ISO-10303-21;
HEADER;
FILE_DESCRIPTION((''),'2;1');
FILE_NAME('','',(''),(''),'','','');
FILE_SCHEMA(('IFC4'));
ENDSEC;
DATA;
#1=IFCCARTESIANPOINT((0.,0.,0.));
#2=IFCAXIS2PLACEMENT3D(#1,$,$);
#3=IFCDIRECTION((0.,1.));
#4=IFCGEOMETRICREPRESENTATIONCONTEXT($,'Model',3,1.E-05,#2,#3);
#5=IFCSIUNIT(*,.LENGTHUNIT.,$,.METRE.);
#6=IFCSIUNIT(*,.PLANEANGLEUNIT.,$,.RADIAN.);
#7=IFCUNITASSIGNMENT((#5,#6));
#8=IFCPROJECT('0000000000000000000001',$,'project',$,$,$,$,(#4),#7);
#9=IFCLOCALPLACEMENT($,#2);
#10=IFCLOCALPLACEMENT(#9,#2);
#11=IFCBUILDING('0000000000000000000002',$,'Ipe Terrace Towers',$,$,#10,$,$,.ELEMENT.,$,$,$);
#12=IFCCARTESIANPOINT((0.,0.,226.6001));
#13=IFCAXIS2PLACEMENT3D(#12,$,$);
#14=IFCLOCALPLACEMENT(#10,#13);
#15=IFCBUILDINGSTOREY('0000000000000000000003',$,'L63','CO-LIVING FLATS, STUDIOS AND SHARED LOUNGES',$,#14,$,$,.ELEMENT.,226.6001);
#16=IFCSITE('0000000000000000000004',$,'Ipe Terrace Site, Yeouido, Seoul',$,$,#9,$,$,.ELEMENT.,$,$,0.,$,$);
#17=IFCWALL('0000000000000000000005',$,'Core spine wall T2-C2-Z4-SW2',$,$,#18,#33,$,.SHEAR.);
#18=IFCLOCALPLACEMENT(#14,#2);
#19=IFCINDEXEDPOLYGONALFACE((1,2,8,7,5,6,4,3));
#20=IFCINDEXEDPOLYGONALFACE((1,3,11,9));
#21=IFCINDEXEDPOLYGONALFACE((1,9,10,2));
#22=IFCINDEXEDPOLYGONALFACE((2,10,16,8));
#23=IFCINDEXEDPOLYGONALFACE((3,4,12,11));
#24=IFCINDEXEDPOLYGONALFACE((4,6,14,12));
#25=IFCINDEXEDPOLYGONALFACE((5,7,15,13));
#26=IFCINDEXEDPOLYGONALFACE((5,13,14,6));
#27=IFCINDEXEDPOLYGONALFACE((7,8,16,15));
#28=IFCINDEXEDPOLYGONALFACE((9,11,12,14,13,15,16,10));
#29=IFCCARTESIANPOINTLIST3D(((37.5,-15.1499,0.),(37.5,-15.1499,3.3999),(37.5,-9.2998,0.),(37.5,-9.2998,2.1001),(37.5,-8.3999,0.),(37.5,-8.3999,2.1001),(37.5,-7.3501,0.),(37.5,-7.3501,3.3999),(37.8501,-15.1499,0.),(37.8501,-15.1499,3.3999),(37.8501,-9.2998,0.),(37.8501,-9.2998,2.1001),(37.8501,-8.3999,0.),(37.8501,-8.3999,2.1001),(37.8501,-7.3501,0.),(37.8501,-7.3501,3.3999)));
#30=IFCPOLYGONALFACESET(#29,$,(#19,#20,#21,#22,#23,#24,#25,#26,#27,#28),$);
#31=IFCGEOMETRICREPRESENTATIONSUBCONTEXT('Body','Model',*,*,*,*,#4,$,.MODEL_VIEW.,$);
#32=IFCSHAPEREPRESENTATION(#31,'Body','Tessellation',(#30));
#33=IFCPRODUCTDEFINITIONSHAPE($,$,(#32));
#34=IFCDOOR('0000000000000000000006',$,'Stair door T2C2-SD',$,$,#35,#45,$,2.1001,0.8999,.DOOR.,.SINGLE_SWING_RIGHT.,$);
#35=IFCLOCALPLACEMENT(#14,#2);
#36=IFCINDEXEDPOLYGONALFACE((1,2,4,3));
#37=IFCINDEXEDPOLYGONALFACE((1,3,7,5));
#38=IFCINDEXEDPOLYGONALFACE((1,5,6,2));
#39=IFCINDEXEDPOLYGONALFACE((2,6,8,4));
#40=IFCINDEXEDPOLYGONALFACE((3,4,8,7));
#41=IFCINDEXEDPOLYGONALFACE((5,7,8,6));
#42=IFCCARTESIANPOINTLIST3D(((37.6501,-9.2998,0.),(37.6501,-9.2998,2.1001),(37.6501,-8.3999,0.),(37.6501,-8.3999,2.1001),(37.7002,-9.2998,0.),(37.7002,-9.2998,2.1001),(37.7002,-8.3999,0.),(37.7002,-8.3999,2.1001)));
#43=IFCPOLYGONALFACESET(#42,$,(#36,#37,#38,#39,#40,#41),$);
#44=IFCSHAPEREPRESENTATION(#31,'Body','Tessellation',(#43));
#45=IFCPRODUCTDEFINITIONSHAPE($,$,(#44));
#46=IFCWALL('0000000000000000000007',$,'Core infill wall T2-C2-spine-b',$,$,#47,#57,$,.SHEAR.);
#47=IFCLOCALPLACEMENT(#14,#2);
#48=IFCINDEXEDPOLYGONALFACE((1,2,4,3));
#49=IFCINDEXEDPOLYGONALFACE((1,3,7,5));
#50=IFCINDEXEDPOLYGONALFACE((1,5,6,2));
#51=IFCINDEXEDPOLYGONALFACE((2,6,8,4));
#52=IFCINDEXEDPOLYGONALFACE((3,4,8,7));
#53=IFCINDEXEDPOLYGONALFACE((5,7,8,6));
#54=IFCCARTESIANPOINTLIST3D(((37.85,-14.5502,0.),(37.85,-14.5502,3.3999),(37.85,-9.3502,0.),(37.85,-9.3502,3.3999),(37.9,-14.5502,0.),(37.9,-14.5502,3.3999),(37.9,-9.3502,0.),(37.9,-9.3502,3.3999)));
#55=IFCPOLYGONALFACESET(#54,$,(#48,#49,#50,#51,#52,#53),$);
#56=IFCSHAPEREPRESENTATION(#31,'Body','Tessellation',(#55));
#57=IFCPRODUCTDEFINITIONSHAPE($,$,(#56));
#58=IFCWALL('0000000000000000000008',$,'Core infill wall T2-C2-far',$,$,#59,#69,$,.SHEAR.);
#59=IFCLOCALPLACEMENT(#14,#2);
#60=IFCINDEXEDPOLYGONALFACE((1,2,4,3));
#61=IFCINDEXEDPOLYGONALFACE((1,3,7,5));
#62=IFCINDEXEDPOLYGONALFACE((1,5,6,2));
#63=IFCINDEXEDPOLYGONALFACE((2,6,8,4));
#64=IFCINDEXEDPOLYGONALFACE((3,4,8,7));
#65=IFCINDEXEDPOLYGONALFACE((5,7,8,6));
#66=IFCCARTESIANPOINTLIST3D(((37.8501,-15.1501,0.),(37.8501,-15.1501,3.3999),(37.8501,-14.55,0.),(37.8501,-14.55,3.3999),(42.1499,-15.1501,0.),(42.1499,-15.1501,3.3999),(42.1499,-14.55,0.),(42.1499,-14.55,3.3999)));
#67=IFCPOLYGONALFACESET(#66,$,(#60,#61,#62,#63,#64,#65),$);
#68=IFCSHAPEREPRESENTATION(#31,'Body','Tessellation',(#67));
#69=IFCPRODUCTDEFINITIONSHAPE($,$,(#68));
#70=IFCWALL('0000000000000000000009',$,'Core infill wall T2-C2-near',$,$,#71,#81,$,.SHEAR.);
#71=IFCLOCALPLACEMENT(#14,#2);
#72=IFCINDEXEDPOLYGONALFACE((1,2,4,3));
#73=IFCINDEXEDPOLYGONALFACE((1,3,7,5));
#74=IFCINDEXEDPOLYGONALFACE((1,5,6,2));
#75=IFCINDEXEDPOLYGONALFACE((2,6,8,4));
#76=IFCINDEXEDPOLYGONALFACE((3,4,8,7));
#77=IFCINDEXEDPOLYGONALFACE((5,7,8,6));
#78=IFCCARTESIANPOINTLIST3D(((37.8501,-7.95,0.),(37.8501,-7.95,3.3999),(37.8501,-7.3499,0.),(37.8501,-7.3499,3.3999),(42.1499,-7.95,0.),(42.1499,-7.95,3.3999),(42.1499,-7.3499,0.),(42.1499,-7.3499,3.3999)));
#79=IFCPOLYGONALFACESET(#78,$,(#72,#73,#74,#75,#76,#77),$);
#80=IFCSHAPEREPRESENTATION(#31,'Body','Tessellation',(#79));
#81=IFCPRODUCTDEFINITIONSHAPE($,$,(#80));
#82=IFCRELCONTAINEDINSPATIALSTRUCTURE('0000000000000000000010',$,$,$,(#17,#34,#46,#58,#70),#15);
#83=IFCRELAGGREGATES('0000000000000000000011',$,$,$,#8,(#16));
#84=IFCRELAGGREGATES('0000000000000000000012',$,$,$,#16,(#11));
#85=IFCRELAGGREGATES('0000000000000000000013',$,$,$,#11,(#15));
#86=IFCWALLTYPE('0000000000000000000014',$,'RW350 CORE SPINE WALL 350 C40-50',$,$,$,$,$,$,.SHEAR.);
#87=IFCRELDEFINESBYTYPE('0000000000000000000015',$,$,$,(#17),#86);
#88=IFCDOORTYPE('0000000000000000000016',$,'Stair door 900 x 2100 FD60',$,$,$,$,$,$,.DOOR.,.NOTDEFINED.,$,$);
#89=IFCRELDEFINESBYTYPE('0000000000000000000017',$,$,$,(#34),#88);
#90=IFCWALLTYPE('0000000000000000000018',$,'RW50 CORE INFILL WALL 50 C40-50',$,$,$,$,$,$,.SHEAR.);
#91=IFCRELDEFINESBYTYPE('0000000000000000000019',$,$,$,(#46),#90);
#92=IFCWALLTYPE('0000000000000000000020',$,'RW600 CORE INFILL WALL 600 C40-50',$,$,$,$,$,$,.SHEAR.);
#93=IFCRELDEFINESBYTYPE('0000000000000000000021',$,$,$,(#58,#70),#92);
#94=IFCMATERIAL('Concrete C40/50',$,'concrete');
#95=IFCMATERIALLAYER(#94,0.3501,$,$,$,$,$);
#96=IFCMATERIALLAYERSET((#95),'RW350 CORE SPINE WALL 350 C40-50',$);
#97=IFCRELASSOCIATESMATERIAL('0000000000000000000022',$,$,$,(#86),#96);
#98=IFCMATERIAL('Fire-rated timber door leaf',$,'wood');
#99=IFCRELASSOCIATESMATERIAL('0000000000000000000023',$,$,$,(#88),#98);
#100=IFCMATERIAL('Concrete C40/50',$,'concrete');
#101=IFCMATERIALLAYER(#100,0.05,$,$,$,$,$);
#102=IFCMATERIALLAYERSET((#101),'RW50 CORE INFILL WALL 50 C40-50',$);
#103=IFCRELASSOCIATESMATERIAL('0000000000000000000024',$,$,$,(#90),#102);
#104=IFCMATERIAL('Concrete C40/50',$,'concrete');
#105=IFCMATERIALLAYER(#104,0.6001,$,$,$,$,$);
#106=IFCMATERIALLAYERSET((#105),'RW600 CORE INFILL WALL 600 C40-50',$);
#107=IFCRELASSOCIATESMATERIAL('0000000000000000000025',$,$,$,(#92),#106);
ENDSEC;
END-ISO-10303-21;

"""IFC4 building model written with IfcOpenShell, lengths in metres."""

from ifc_helpers import new_model, si_unit, direction, frame, frame_2d, origin, place, context, subcontext, project, spatial, rectangle, extrude, material, layer, layer_set, type_object, element, fill, save


model = new_model("IFC4")

# Units and contexts
model_context = context("Model", 3, precision=1e-05, world=origin(), true_north=direction((0.0, 1.0)))
body_context = subcontext(model_context, "Body", "Model", "MODEL_VIEW")
ifc_project = project(units=[si_unit("LENGTHUNIT", "METRE"), si_unit("PLANEANGLEUNIT", "RADIAN")], contexts=[model_context])

# Site, building, storey
site_placement = place(None, origin())
site = spatial("IfcSite", under=ifc_project, at=site_placement, Name="Ipe Terrace Site, Yeouido, Seoul", CompositionType="ELEMENT", RefElevation=0.0)
building_placement = place(site_placement, origin())
building = spatial("IfcBuilding", under=site, at=building_placement, Name="Ipe Terrace Towers", CompositionType="ELEMENT")
storey_placement = place(building_placement, frame((0.0, 0.0, 226.6001)))
storey = spatial("IfcBuildingStorey", under=building, at=storey_placement, Name="L63", Description="CO-LIVING FLATS, STUDIOS AND SHARED LOUNGES", CompositionType="ELEMENT", Elevation=226.6001)

# Shared definitions
ifc_material_1 = material(Name="Concrete C40/50", Category="concrete")
ifc_layer_1 = layer(ifc_material_1, 0.3501)
ifc_layer_set_1 = layer_set([ifc_layer_1], Name="RW350 CORE SPINE WALL 350 C40-50")
wall_type_1 = type_object("IfcWallType", Name="RW350 CORE SPINE WALL 350 C40-50", PredefinedType="SHEAR", material=ifc_layer_set_1)

# Wall, opening, door
wall_1_placement = place(storey_placement, frame((37.675, -15.1499, 0.0), z_axis=(0.0, 0.0, 1.0), x_axis=(0.0, 1.0, 0.0)))
wall_1 = element("IfcWall", 1, at=wall_1_placement, inside=storey, type_object=wall_type_1, Name="Core spine wall T2-C2-Z4-SW2", PredefinedType="SHEAR", context=body_context, shape_type="SweptSolid", body=[
    extrude(rectangle(XDim=7.7998, YDim=0.3501, at=frame_2d((3.8999, 0.0))), origin(), (0.0, 0.0, 1.0), 3.3999),
])
opening_1_placement = place(wall_1_placement, frame((5.8501, 0.0, 0.0)))
opening_1 = element("IfcOpeningElement", 2, at=opening_1_placement, cuts=wall_1, PredefinedType="OPENING", context=body_context, shape_type="SweptSolid", body=[
    extrude(rectangle(XDim=0.8999, YDim=2.1001, at=frame_2d((0.45, 1.05))), frame((0.0, 0.1851, 0.0), z_axis=(0.0, -1.0, 0.0), x_axis=(1.0, 0.0, 0.0)), (0.0, 0.0, 1.0), 0.3701),
])
ifc_material_2 = material(Name="Fire-rated timber door leaf", Category="wood")
door_type_1 = type_object("IfcDoorType", Name="Stair door 900 x 2100 FD60", OperationType="NOTDEFINED", PredefinedType="DOOR", material=ifc_material_2)
door_1_placement = place(opening_1_placement, origin())
door_1 = element("IfcDoor", 3, at=door_1_placement, inside=storey, type_object=door_type_1, Name="Stair door T2C2-SD", OperationType="SINGLE_SWING_RIGHT", OverallHeight=2.1001, OverallWidth=0.8999, PredefinedType="DOOR", context=body_context, shape_type="SweptSolid", body=[
    extrude(rectangle(XDim=0.8999, YDim=2.1001, at=frame_2d((0.45, 1.05))), frame((0.0, 0.0249, 0.0), z_axis=(0.0, -1.0, 0.0), x_axis=(1.0, 0.0, 0.0)), (0.0, 0.0, 1.0), 0.05),
])
fill(opening_1, door_1)

# Walls
ifc_material_3 = material(Name="Concrete C40/50", Category="concrete")
ifc_layer_2 = layer(ifc_material_3, 0.05)
ifc_layer_set_2 = layer_set([ifc_layer_2], Name="RW50 CORE INFILL WALL 50 C40-50")
wall_type_2 = type_object("IfcWallType", Name="RW50 CORE INFILL WALL 50 C40-50", PredefinedType="SHEAR", material=ifc_layer_set_2)
wall_2_placement = place(storey_placement, frame((37.875, -9.3501, 0.0), z_axis=(0.0, 0.0, 1.0), x_axis=(0.0, -1.0, 0.0)))
element("IfcWall", 4, at=wall_2_placement, inside=storey, type_object=wall_type_2, Name="Core infill wall T2-C2-spine-b", PredefinedType="SHEAR", context=body_context, shape_type="SweptSolid", body=[
    extrude(rectangle(XDim=5.2, YDim=0.05, at=frame_2d((2.6001, 0.0))), origin(), (0.0, 0.0, 1.0), 3.3999),
])
ifc_material_4 = material(Name="Concrete C40/50", Category="concrete")
ifc_layer_3 = layer(ifc_material_4, 0.6001)
ifc_layer_set_3 = layer_set([ifc_layer_3], Name="RW600 CORE INFILL WALL 600 C40-50")
wall_type_3 = type_object("IfcWallType", Name="RW600 CORE INFILL WALL 600 C40-50", PredefinedType="SHEAR", material=ifc_layer_set_3)
for number, where, z_axis, x_axis, name in (
    (5, (37.8501, -14.8501, 0.0), (0.0, 0.0, 1.0), (1.0, 0.0, 0.0), "Core infill wall T2-C2-far"),
    (6, (37.8501, -7.6499, 0.0), (0.0, 0.0, 1.0), (1.0, 0.0, 0.0), "Core infill wall T2-C2-near"),
):
    element("IfcWall", number, at=place(storey_placement, frame(where, z_axis=z_axis, x_axis=x_axis)), inside=storey, type_object=wall_type_3, Name=name, PredefinedType="SHEAR", context=body_context, shape_type="SweptSolid", body=[
        extrude(rectangle(XDim=4.2998, YDim=0.6001, at=frame_2d((2.1499, 0.0))), origin(), (0.0, 0.0, 1.0), 3.3999),
    ])

save(model, "model.ifc")
